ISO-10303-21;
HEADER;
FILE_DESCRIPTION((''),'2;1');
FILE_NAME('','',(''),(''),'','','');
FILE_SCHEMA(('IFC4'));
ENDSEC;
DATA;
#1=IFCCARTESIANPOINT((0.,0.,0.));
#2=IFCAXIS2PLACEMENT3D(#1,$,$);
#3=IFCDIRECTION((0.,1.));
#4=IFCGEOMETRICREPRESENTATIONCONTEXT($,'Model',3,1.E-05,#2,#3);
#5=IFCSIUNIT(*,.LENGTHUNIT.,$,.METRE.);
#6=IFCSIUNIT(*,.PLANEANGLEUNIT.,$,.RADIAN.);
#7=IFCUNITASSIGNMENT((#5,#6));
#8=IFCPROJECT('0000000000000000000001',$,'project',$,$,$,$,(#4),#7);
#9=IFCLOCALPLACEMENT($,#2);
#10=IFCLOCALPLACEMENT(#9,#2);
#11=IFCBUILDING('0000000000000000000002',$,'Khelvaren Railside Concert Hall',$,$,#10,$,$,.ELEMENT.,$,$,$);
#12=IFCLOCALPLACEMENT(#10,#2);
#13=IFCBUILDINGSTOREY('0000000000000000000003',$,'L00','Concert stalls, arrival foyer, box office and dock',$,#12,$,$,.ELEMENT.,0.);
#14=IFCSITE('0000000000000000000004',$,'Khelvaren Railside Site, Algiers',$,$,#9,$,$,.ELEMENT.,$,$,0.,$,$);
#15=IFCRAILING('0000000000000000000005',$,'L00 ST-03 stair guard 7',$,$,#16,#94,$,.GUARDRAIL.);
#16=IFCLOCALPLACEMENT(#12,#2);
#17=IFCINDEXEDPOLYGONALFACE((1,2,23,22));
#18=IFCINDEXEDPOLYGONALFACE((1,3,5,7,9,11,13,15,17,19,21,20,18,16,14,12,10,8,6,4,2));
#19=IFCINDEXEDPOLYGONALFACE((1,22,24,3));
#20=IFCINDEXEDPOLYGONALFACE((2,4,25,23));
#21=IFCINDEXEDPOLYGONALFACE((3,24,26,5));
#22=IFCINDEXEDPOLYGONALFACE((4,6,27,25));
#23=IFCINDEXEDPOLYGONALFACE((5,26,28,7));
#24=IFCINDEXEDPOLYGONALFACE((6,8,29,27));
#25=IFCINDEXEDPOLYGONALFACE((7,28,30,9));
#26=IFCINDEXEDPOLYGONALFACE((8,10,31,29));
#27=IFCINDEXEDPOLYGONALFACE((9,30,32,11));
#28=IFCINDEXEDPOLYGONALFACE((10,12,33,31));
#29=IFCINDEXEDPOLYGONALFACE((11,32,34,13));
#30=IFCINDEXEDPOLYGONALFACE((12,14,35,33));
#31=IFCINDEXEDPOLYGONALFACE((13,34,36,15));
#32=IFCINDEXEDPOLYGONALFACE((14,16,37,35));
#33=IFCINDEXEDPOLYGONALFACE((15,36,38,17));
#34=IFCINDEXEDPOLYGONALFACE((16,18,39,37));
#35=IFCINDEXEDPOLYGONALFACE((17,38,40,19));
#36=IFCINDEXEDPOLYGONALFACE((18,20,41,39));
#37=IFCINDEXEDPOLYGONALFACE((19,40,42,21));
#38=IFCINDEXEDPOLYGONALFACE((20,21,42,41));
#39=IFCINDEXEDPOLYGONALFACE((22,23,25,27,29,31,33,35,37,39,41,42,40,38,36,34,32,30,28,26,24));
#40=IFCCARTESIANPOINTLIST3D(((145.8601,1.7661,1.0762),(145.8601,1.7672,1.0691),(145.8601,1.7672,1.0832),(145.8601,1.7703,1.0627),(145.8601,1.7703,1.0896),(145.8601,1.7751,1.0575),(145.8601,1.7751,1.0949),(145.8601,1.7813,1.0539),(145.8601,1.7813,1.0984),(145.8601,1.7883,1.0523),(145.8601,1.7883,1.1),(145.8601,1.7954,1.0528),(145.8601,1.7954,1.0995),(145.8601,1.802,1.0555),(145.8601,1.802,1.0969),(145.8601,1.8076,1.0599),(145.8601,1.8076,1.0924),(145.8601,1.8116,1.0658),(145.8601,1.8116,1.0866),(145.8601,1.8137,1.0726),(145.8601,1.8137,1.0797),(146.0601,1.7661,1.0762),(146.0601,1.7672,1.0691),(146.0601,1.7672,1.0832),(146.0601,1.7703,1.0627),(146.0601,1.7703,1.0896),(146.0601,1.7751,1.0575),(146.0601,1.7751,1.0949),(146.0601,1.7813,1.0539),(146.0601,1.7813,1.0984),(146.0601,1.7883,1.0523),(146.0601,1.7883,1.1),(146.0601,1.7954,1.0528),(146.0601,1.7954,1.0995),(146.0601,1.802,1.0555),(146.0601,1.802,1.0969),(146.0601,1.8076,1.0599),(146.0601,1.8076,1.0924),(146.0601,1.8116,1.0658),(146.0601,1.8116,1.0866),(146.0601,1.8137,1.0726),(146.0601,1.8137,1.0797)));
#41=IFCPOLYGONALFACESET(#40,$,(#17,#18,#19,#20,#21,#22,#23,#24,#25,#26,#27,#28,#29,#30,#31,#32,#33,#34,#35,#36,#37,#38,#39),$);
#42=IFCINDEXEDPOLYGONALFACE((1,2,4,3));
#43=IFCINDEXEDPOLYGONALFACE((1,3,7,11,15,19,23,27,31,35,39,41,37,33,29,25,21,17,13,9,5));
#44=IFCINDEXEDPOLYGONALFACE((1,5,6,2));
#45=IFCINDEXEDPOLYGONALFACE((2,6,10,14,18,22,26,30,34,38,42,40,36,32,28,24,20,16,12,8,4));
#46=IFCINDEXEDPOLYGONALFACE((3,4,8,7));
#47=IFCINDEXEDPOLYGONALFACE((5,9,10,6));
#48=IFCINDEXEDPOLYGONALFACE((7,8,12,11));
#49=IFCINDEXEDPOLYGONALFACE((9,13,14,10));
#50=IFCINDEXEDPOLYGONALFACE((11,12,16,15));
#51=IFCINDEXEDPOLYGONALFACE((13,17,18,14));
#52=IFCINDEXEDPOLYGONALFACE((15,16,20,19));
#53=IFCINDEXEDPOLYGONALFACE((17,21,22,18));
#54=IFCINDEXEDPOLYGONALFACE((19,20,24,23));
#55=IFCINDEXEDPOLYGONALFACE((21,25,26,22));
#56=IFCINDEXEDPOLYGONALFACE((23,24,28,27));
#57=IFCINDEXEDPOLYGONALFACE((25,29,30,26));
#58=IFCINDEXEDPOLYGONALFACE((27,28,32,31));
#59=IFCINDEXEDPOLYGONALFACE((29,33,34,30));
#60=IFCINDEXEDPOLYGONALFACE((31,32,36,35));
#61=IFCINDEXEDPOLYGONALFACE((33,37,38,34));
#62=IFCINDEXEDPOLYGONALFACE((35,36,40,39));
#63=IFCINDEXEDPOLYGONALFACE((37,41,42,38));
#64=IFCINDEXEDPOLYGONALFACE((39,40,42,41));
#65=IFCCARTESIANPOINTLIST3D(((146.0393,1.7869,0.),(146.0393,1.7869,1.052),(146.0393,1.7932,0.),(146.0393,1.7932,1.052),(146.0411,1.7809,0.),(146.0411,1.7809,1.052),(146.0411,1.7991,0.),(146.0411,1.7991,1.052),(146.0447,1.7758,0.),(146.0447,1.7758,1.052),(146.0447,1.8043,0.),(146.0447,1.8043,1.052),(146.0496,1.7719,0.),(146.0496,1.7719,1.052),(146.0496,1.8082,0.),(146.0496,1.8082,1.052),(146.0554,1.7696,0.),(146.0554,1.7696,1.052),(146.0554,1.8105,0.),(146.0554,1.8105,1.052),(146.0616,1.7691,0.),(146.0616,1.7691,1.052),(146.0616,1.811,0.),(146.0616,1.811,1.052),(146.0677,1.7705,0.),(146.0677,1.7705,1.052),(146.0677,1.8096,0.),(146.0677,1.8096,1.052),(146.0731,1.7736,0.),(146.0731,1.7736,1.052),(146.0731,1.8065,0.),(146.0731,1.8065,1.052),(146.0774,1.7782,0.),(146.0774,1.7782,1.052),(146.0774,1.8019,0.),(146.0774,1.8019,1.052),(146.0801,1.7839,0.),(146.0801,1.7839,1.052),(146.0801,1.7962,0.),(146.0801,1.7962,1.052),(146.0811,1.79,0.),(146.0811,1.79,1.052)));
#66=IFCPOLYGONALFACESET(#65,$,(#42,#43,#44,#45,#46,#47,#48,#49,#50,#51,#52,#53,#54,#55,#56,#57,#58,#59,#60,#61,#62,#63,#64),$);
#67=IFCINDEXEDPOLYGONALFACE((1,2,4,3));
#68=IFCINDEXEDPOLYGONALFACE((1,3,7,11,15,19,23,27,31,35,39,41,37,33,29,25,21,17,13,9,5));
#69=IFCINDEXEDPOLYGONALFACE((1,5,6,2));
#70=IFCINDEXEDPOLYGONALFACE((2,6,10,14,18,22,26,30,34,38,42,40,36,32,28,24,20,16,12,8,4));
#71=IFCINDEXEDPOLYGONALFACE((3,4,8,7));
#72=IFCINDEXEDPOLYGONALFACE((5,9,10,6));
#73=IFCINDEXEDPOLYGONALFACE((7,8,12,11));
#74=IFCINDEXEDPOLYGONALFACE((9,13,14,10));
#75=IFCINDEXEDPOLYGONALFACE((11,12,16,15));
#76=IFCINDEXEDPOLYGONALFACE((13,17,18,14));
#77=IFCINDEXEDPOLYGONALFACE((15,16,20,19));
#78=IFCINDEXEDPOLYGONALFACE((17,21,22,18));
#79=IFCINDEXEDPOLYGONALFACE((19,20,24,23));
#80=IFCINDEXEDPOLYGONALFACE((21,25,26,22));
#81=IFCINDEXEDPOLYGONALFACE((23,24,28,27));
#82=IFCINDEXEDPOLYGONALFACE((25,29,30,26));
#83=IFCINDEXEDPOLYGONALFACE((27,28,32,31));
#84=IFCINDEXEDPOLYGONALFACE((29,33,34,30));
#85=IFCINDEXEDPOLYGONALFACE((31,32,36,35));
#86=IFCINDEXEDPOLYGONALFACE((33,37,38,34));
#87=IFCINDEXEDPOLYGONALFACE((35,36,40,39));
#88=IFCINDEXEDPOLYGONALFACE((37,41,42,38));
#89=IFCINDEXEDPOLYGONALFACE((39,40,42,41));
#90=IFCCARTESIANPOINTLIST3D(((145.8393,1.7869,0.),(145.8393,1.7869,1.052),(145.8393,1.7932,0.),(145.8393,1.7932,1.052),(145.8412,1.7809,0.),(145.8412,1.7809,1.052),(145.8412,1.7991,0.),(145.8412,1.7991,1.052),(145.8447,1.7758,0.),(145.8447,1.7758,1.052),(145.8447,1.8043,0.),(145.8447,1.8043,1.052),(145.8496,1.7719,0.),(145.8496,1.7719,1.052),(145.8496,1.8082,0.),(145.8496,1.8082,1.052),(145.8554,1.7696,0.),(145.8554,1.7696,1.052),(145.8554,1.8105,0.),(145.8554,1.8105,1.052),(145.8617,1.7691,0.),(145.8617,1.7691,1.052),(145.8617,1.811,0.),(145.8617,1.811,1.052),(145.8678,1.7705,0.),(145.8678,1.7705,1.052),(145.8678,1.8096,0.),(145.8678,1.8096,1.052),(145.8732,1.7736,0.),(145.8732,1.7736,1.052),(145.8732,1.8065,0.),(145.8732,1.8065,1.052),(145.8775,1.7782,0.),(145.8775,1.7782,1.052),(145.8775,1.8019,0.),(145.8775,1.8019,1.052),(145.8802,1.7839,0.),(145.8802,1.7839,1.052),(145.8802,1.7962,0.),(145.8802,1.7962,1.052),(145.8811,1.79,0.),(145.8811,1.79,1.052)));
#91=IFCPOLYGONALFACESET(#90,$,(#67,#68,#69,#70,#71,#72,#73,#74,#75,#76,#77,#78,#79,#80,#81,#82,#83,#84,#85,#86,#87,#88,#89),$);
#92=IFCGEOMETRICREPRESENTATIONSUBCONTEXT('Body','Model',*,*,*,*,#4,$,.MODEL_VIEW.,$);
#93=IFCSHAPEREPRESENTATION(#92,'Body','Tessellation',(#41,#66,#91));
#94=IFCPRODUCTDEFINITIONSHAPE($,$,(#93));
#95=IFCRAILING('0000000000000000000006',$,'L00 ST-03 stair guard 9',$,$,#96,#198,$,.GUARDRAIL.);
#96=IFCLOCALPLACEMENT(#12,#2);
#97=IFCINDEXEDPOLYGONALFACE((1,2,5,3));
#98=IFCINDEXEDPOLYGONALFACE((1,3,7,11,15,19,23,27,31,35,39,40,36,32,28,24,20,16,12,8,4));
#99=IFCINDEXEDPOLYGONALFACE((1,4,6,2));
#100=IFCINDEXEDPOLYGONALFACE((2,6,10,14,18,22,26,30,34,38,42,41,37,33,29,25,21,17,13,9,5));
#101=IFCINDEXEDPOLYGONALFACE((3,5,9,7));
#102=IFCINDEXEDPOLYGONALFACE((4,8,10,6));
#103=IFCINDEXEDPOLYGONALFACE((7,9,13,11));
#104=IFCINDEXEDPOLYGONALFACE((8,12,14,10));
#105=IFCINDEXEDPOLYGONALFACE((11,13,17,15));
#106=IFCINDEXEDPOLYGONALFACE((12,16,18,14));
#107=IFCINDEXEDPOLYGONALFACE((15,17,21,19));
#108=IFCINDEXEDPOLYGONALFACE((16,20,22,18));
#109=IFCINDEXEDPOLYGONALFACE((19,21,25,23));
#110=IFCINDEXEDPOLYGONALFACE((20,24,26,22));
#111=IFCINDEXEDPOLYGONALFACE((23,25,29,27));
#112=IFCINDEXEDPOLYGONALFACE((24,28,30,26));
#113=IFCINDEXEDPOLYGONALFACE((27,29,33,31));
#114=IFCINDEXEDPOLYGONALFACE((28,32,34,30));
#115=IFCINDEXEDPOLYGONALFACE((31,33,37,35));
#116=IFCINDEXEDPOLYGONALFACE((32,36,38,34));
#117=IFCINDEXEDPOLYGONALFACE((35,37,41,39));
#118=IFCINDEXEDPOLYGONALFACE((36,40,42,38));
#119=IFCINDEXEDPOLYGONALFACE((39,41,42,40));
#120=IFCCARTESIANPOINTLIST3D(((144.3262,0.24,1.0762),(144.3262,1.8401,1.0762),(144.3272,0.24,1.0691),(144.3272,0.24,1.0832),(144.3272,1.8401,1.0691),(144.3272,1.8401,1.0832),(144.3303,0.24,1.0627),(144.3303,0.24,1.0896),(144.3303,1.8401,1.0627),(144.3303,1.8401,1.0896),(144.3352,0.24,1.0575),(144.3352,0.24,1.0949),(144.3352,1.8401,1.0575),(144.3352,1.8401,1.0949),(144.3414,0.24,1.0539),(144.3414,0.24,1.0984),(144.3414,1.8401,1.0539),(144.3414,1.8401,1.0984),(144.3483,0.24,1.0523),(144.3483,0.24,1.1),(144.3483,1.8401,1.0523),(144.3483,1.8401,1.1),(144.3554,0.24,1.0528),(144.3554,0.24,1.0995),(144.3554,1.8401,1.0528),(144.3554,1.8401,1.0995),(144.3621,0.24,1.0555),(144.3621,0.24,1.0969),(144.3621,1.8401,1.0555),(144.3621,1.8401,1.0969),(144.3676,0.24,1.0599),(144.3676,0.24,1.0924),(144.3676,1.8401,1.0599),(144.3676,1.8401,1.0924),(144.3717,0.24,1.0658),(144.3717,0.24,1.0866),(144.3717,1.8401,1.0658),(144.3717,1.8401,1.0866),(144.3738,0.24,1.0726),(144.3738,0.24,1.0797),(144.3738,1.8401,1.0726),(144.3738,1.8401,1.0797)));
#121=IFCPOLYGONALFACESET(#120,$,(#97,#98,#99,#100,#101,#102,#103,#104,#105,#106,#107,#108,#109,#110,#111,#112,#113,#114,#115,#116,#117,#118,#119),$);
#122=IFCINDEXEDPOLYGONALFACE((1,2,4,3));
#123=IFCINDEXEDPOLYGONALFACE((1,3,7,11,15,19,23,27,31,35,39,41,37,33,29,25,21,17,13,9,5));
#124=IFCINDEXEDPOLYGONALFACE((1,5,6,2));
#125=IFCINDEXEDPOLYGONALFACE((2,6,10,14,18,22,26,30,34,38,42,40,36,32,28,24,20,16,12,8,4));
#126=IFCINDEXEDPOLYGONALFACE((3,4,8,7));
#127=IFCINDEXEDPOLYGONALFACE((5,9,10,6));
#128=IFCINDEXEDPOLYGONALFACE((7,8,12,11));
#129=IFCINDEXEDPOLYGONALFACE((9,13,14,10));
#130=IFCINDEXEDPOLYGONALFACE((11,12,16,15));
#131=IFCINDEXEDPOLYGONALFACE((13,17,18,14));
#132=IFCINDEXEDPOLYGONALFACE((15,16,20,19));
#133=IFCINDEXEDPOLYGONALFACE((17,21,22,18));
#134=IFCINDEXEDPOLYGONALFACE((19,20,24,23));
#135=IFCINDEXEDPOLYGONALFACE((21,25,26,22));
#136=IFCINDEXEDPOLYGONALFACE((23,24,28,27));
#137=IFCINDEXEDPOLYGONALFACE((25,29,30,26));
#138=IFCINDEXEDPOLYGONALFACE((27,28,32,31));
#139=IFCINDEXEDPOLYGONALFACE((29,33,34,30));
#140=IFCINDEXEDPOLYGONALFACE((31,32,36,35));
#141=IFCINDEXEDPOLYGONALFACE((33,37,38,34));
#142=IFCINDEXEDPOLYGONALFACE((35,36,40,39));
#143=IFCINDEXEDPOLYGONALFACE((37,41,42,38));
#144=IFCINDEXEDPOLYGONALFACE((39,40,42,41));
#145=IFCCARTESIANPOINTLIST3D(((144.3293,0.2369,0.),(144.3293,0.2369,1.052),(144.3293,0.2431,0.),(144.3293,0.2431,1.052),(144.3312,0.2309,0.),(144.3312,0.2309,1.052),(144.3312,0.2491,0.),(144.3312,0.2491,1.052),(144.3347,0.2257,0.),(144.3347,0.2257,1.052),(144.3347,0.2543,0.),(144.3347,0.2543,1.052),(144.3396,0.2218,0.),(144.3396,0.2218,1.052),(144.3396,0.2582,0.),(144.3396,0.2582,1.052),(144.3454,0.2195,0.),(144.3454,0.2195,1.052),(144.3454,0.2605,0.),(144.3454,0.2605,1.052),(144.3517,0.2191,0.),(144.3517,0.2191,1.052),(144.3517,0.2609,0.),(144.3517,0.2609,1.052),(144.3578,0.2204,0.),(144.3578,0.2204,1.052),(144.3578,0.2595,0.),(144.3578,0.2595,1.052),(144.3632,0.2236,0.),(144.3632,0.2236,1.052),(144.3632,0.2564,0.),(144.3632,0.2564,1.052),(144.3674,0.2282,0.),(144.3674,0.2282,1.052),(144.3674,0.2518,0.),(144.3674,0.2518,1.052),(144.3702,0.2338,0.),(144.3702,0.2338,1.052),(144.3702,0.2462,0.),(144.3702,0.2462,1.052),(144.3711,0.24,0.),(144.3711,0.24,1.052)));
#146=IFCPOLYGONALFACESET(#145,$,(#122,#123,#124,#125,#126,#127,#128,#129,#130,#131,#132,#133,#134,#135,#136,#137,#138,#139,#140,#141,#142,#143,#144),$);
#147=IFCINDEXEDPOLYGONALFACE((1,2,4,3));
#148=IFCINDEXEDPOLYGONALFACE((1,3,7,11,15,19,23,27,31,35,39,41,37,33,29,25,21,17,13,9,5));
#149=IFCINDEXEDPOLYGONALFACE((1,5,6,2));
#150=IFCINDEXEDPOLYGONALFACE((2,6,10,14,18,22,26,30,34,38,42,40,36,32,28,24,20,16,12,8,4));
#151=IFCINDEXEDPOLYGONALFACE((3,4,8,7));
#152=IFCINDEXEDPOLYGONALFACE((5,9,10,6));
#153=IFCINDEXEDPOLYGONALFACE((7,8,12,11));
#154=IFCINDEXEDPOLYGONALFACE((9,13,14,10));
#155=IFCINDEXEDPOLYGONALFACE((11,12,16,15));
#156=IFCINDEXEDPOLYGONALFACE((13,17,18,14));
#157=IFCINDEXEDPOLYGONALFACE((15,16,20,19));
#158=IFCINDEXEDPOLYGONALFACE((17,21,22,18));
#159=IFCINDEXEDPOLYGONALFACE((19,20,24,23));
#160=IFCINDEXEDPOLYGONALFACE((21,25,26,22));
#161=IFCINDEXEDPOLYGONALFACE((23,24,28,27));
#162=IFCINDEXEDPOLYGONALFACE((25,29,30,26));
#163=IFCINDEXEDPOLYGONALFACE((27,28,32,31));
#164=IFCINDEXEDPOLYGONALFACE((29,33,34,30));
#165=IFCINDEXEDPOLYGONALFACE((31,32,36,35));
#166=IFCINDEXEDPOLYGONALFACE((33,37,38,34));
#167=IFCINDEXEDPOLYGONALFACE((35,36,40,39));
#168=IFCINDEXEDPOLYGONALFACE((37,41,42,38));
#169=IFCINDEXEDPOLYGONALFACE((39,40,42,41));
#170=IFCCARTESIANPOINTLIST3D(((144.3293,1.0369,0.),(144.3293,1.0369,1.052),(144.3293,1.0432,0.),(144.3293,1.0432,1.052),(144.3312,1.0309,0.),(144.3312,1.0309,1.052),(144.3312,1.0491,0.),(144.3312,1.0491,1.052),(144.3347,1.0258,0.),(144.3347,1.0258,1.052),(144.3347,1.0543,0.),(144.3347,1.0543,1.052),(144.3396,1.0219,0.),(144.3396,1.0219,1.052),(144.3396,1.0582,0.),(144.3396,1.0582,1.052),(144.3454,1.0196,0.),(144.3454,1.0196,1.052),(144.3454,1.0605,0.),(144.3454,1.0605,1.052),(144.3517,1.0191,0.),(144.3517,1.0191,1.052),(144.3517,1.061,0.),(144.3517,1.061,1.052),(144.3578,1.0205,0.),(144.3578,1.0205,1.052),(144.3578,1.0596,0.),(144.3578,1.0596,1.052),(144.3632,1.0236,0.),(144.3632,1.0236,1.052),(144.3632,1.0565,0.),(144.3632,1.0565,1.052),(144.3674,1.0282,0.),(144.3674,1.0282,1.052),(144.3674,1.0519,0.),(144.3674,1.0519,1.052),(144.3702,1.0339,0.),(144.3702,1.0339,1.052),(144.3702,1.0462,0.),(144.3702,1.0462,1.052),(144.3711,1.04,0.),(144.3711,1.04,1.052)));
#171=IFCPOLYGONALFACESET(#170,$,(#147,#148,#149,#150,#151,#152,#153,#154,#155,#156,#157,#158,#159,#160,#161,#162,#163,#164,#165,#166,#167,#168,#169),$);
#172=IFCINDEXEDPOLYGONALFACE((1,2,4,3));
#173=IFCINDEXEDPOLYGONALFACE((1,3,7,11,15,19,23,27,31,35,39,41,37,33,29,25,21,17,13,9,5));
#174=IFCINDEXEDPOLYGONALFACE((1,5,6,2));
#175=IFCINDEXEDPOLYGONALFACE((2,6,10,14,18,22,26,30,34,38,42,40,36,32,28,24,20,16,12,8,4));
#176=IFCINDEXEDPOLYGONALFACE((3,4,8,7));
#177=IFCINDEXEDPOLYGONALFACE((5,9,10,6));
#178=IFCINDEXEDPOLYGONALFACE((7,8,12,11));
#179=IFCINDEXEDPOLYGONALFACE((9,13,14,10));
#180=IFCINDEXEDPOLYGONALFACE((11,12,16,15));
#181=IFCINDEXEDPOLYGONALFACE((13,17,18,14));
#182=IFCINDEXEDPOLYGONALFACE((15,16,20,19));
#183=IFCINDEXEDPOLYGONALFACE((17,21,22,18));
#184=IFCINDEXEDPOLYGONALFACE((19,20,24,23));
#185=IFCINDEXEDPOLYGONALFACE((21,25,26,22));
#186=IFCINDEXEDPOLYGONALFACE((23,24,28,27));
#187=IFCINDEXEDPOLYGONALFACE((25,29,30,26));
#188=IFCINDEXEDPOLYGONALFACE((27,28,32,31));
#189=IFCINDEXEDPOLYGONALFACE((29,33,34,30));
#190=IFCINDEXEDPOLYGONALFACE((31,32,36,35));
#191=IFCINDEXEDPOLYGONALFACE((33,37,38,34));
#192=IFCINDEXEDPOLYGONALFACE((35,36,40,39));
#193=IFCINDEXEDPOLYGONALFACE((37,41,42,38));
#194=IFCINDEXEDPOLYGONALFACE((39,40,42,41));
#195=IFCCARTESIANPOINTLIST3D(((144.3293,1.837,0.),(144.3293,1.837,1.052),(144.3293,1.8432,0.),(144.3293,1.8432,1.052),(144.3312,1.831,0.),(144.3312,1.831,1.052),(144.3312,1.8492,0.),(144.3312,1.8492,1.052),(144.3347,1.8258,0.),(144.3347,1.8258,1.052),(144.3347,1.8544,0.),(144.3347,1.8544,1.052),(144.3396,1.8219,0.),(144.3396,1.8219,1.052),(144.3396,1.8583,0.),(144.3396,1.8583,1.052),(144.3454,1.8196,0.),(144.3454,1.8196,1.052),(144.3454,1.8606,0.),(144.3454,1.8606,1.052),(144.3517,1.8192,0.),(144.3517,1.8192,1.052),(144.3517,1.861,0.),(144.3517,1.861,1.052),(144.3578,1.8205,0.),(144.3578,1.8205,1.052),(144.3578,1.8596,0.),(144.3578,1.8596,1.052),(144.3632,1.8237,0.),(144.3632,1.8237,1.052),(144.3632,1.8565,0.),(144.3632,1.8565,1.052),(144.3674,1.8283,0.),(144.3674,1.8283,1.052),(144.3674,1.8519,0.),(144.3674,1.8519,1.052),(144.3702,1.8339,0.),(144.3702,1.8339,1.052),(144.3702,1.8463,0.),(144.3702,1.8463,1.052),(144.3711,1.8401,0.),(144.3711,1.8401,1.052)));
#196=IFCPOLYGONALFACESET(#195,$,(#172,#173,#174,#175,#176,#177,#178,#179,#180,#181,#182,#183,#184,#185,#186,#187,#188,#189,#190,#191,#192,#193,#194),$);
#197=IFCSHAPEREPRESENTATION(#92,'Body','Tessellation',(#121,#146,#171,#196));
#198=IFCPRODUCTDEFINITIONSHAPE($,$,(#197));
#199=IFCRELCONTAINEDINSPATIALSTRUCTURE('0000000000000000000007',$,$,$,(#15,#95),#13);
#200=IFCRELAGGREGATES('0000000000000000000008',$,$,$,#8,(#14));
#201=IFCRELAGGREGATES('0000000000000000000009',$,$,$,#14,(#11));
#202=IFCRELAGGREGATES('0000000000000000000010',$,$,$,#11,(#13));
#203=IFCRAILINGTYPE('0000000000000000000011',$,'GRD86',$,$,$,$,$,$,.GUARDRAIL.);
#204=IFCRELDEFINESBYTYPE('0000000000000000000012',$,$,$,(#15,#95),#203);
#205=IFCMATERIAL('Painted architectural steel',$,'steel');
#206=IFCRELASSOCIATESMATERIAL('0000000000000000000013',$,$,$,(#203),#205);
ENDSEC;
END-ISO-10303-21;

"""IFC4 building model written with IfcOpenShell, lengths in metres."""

from ifc_helpers import new_model, si_unit, direction, frame, origin, origin_2d, place, context, subcontext, project, spatial, circle, extrude, material, type_object, element, save


model = new_model("IFC4")

# Units and contexts
model_context = context("Model", 3, precision=1e-05, world=origin(), true_north=direction((0.0, 1.0)))
body_context = subcontext(model_context, "Body", "Model", "MODEL_VIEW")
ifc_project = project(units=[si_unit("LENGTHUNIT", "METRE"), si_unit("PLANEANGLEUNIT", "RADIAN")], contexts=[model_context])

# Site, building, storey
site_placement = place(None, origin())
site = spatial("IfcSite", under=ifc_project, at=site_placement, Name="Khelvaren Railside Site, Algiers", CompositionType="ELEMENT", RefElevation=0.0)
building_placement = place(site_placement, origin())
building = spatial("IfcBuilding", under=site, at=building_placement, Name="Khelvaren Railside Concert Hall", CompositionType="ELEMENT")
storey_placement = place(building_placement, origin())
storey = spatial("IfcBuildingStorey", under=building, at=storey_placement, Name="L00", Description="Concert stalls, arrival foyer, box office and dock", CompositionType="ELEMENT", Elevation=0.0)

# Railings
ifc_material_1 = material(Name="Painted architectural steel", Category="steel")
railing_type_1 = type_object("IfcRailingType", Name="GRD86", PredefinedType="GUARDRAIL", material=ifc_material_1)
railing_1_placement = place(storey_placement, frame((146.0601, 1.79, 0.0)))
element("IfcRailing", 1, at=railing_1_placement, inside=storey, type_object=railing_type_1, Name="L00 ST-03 stair guard 7", PredefinedType="GUARDRAIL", context=body_context, shape_type="SweptSolid", body=[
    extrude(circle(Radius=0.0239, at=origin_2d()), frame((0.0, 0.0, 1.0762), z_axis=(-1.0, 0.0, 0.0), x_axis=(0.0, -1.0, 0.0)), (0.0, 0.0, 1.0), 0.2),
    extrude(circle(Radius=0.021, at=origin_2d()), origin(), (0.0, 0.0, 1.0), 1.052),
    extrude(circle(Radius=0.021, at=origin_2d()), frame((-0.2, 0.0, 0.0)), (0.0, 0.0, 1.0), 1.052),
])
railing_2_placement = place(storey_placement, frame((144.3501, 0.24, 0.0)))
element("IfcRailing", 2, at=railing_2_placement, inside=storey, type_object=railing_type_1, Name="L00 ST-03 stair guard 9", PredefinedType="GUARDRAIL", context=body_context, shape_type="SweptSolid", body=[
    extrude(circle(Radius=0.0239, at=origin_2d()), frame((0.0, 0.0, 1.0762), z_axis=(0.0, 1.0, 0.0), x_axis=(-1.0, 0.0, 0.0)), (0.0, 0.0, 1.0), 1.6001),
    extrude(circle(Radius=0.021, at=origin_2d()), origin(), (0.0, 0.0, 1.0), 1.052),
    extrude(circle(Radius=0.021, at=origin_2d()), frame((0.0, 0.8, 0.0)), (0.0, 0.0, 1.0), 1.052),
    extrude(circle(Radius=0.021, at=origin_2d()), frame((0.0, 1.6001, 0.0)), (0.0, 0.0, 1.0), 1.052),
])

save(model, "model.ifc")
